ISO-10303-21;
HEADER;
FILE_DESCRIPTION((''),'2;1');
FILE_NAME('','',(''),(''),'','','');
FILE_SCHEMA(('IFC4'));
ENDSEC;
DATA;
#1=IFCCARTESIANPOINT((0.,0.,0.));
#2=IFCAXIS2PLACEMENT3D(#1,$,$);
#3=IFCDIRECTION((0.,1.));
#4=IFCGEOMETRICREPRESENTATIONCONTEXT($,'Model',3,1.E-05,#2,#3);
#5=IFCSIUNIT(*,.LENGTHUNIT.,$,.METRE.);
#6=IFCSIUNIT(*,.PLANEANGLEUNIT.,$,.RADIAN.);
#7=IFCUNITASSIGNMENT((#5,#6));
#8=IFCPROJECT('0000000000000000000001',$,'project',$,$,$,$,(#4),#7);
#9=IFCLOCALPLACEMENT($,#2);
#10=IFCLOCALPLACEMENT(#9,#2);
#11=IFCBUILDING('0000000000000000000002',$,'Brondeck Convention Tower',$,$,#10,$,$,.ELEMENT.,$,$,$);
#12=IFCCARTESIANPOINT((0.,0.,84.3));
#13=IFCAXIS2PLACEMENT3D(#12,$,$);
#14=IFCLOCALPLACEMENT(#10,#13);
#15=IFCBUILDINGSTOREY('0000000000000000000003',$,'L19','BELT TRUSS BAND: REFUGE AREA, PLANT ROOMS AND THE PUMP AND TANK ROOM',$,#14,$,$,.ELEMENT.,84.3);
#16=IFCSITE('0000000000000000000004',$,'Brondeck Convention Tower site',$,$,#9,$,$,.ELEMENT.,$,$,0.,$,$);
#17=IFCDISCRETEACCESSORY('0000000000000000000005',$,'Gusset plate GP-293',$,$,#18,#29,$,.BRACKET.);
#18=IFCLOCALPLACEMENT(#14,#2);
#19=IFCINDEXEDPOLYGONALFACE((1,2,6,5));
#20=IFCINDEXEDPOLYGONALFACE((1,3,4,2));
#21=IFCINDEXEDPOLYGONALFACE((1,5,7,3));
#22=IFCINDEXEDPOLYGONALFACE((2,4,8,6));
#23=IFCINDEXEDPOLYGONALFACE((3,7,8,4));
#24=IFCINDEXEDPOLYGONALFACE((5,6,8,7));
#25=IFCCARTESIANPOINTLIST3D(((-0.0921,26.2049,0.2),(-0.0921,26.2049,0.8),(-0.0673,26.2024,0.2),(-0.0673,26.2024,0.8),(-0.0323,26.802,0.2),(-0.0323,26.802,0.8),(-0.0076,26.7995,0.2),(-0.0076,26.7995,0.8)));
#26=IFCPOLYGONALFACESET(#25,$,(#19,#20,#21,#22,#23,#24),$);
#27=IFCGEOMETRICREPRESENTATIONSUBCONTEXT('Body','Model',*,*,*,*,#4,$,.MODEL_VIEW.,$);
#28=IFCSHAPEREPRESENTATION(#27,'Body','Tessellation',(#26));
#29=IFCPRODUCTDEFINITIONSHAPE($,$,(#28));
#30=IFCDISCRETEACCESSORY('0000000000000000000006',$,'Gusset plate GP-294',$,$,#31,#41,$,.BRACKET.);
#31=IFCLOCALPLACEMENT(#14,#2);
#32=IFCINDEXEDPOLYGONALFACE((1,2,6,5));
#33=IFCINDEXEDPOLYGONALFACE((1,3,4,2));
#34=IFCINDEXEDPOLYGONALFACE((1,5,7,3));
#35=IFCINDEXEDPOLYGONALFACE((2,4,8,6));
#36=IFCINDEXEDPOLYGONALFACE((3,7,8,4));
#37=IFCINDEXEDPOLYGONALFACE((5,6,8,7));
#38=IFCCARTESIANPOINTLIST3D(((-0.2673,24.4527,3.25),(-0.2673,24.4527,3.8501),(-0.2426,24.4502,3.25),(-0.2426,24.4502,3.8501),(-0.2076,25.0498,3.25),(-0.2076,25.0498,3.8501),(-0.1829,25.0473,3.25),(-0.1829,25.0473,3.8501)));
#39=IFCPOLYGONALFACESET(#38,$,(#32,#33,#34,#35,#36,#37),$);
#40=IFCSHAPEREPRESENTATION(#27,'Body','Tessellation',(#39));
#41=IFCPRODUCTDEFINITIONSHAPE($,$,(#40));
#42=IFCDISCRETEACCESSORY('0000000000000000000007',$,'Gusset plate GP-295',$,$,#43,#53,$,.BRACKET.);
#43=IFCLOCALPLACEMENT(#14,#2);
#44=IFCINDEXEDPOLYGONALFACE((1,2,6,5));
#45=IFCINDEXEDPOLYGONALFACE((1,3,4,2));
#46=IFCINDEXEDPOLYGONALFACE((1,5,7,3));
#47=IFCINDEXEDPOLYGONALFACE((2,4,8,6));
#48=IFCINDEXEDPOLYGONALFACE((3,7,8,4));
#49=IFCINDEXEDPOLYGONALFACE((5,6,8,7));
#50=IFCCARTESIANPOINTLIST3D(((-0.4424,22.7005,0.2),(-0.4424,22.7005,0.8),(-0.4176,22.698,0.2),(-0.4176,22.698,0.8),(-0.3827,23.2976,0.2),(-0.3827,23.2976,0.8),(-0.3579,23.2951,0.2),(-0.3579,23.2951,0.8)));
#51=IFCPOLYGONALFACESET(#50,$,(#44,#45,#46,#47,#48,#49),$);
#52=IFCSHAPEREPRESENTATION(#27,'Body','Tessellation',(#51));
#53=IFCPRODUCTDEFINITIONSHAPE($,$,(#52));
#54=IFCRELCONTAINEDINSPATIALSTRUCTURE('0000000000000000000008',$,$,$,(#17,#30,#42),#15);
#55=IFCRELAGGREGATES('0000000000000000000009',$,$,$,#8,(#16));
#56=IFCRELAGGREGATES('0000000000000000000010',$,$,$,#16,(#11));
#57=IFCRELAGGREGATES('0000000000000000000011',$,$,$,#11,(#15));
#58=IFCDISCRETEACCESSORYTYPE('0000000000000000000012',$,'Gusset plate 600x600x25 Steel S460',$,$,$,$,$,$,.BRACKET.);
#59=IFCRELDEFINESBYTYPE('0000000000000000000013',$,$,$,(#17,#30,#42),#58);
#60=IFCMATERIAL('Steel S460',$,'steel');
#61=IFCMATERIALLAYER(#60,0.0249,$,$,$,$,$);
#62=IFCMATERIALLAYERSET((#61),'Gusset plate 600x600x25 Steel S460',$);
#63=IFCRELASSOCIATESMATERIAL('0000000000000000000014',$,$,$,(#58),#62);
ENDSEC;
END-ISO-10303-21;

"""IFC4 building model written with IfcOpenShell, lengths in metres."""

from ifc_helpers import new_model, si_unit, direction, frame, origin, origin_2d, place, context, subcontext, project, spatial, rectangle, extrude, material, layer, layer_set, type_object, element, save


model = new_model("IFC4")

# Units and contexts
model_context = context("Model", 3, precision=1e-05, world=origin(), true_north=direction((0.0, 1.0)))
body_context = subcontext(model_context, "Body", "Model", "MODEL_VIEW")
ifc_project = project(units=[si_unit("LENGTHUNIT", "METRE"), si_unit("PLANEANGLEUNIT", "RADIAN")], contexts=[model_context])

# Site, building, storey
site_placement = place(None, origin())
site = spatial("IfcSite", under=ifc_project, at=site_placement, Name="Brondeck Convention Tower site", CompositionType="ELEMENT", RefElevation=0.0)
building_placement = place(site_placement, origin())
building = spatial("IfcBuilding", under=site, at=building_placement, Name="Brondeck Convention Tower", CompositionType="ELEMENT")
storey_placement = place(building_placement, frame((0.0, 0.0, 84.3)))
storey = spatial("IfcBuildingStorey", under=building, at=storey_placement, Name="L19", Description="BELT TRUSS BAND: REFUGE AREA, PLANT ROOMS AND THE PUMP AND TANK ROOM", CompositionType="ELEMENT", Elevation=84.3)

# Shared definitions
ifc_material_1 = material(Name="Steel S460", Category="steel")

# Discrete accessories
ifc_layer_1 = layer(ifc_material_1, 0.0249)
ifc_layer_set_1 = layer_set([ifc_layer_1], Name="Gusset plate 600x600x25 Steel S460")
discrete_accessory_type = type_object("IfcDiscreteAccessoryType", Name="Gusset plate 600x600x25 Steel S460", PredefinedType="BRACKET", material=ifc_layer_set_1)
for number, where, z_axis, x_axis, name in (
    (1, (-0.0498, 26.5022, 0.2), (0.0, 0.0, 1.0), (0.099511, 0.995036, 0.0), "Gusset plate GP-293"),
    (2, (-0.2251, 24.75, 3.25), (0.0, 0.0, 1.0), (0.099511, 0.995036, 0.0), "Gusset plate GP-294"),
    (3, (-0.4001, 22.9978, 0.2), (0.0, 0.0, 1.0), (0.099511, 0.995036, 0.0), "Gusset plate GP-295"),
):
    element("IfcDiscreteAccessory", number, at=place(storey_placement, frame(where, z_axis=z_axis, x_axis=x_axis)), inside=storey, type_object=discrete_accessory_type, Name=name, PredefinedType="BRACKET", context=body_context, shape_type="SweptSolid", body=[
        extrude(rectangle(XDim=0.6001, YDim=0.0249, at=origin_2d()), origin(), (0.0, 0.0, 1.0), 0.6001),
    ])

save(model, "model.ifc")
